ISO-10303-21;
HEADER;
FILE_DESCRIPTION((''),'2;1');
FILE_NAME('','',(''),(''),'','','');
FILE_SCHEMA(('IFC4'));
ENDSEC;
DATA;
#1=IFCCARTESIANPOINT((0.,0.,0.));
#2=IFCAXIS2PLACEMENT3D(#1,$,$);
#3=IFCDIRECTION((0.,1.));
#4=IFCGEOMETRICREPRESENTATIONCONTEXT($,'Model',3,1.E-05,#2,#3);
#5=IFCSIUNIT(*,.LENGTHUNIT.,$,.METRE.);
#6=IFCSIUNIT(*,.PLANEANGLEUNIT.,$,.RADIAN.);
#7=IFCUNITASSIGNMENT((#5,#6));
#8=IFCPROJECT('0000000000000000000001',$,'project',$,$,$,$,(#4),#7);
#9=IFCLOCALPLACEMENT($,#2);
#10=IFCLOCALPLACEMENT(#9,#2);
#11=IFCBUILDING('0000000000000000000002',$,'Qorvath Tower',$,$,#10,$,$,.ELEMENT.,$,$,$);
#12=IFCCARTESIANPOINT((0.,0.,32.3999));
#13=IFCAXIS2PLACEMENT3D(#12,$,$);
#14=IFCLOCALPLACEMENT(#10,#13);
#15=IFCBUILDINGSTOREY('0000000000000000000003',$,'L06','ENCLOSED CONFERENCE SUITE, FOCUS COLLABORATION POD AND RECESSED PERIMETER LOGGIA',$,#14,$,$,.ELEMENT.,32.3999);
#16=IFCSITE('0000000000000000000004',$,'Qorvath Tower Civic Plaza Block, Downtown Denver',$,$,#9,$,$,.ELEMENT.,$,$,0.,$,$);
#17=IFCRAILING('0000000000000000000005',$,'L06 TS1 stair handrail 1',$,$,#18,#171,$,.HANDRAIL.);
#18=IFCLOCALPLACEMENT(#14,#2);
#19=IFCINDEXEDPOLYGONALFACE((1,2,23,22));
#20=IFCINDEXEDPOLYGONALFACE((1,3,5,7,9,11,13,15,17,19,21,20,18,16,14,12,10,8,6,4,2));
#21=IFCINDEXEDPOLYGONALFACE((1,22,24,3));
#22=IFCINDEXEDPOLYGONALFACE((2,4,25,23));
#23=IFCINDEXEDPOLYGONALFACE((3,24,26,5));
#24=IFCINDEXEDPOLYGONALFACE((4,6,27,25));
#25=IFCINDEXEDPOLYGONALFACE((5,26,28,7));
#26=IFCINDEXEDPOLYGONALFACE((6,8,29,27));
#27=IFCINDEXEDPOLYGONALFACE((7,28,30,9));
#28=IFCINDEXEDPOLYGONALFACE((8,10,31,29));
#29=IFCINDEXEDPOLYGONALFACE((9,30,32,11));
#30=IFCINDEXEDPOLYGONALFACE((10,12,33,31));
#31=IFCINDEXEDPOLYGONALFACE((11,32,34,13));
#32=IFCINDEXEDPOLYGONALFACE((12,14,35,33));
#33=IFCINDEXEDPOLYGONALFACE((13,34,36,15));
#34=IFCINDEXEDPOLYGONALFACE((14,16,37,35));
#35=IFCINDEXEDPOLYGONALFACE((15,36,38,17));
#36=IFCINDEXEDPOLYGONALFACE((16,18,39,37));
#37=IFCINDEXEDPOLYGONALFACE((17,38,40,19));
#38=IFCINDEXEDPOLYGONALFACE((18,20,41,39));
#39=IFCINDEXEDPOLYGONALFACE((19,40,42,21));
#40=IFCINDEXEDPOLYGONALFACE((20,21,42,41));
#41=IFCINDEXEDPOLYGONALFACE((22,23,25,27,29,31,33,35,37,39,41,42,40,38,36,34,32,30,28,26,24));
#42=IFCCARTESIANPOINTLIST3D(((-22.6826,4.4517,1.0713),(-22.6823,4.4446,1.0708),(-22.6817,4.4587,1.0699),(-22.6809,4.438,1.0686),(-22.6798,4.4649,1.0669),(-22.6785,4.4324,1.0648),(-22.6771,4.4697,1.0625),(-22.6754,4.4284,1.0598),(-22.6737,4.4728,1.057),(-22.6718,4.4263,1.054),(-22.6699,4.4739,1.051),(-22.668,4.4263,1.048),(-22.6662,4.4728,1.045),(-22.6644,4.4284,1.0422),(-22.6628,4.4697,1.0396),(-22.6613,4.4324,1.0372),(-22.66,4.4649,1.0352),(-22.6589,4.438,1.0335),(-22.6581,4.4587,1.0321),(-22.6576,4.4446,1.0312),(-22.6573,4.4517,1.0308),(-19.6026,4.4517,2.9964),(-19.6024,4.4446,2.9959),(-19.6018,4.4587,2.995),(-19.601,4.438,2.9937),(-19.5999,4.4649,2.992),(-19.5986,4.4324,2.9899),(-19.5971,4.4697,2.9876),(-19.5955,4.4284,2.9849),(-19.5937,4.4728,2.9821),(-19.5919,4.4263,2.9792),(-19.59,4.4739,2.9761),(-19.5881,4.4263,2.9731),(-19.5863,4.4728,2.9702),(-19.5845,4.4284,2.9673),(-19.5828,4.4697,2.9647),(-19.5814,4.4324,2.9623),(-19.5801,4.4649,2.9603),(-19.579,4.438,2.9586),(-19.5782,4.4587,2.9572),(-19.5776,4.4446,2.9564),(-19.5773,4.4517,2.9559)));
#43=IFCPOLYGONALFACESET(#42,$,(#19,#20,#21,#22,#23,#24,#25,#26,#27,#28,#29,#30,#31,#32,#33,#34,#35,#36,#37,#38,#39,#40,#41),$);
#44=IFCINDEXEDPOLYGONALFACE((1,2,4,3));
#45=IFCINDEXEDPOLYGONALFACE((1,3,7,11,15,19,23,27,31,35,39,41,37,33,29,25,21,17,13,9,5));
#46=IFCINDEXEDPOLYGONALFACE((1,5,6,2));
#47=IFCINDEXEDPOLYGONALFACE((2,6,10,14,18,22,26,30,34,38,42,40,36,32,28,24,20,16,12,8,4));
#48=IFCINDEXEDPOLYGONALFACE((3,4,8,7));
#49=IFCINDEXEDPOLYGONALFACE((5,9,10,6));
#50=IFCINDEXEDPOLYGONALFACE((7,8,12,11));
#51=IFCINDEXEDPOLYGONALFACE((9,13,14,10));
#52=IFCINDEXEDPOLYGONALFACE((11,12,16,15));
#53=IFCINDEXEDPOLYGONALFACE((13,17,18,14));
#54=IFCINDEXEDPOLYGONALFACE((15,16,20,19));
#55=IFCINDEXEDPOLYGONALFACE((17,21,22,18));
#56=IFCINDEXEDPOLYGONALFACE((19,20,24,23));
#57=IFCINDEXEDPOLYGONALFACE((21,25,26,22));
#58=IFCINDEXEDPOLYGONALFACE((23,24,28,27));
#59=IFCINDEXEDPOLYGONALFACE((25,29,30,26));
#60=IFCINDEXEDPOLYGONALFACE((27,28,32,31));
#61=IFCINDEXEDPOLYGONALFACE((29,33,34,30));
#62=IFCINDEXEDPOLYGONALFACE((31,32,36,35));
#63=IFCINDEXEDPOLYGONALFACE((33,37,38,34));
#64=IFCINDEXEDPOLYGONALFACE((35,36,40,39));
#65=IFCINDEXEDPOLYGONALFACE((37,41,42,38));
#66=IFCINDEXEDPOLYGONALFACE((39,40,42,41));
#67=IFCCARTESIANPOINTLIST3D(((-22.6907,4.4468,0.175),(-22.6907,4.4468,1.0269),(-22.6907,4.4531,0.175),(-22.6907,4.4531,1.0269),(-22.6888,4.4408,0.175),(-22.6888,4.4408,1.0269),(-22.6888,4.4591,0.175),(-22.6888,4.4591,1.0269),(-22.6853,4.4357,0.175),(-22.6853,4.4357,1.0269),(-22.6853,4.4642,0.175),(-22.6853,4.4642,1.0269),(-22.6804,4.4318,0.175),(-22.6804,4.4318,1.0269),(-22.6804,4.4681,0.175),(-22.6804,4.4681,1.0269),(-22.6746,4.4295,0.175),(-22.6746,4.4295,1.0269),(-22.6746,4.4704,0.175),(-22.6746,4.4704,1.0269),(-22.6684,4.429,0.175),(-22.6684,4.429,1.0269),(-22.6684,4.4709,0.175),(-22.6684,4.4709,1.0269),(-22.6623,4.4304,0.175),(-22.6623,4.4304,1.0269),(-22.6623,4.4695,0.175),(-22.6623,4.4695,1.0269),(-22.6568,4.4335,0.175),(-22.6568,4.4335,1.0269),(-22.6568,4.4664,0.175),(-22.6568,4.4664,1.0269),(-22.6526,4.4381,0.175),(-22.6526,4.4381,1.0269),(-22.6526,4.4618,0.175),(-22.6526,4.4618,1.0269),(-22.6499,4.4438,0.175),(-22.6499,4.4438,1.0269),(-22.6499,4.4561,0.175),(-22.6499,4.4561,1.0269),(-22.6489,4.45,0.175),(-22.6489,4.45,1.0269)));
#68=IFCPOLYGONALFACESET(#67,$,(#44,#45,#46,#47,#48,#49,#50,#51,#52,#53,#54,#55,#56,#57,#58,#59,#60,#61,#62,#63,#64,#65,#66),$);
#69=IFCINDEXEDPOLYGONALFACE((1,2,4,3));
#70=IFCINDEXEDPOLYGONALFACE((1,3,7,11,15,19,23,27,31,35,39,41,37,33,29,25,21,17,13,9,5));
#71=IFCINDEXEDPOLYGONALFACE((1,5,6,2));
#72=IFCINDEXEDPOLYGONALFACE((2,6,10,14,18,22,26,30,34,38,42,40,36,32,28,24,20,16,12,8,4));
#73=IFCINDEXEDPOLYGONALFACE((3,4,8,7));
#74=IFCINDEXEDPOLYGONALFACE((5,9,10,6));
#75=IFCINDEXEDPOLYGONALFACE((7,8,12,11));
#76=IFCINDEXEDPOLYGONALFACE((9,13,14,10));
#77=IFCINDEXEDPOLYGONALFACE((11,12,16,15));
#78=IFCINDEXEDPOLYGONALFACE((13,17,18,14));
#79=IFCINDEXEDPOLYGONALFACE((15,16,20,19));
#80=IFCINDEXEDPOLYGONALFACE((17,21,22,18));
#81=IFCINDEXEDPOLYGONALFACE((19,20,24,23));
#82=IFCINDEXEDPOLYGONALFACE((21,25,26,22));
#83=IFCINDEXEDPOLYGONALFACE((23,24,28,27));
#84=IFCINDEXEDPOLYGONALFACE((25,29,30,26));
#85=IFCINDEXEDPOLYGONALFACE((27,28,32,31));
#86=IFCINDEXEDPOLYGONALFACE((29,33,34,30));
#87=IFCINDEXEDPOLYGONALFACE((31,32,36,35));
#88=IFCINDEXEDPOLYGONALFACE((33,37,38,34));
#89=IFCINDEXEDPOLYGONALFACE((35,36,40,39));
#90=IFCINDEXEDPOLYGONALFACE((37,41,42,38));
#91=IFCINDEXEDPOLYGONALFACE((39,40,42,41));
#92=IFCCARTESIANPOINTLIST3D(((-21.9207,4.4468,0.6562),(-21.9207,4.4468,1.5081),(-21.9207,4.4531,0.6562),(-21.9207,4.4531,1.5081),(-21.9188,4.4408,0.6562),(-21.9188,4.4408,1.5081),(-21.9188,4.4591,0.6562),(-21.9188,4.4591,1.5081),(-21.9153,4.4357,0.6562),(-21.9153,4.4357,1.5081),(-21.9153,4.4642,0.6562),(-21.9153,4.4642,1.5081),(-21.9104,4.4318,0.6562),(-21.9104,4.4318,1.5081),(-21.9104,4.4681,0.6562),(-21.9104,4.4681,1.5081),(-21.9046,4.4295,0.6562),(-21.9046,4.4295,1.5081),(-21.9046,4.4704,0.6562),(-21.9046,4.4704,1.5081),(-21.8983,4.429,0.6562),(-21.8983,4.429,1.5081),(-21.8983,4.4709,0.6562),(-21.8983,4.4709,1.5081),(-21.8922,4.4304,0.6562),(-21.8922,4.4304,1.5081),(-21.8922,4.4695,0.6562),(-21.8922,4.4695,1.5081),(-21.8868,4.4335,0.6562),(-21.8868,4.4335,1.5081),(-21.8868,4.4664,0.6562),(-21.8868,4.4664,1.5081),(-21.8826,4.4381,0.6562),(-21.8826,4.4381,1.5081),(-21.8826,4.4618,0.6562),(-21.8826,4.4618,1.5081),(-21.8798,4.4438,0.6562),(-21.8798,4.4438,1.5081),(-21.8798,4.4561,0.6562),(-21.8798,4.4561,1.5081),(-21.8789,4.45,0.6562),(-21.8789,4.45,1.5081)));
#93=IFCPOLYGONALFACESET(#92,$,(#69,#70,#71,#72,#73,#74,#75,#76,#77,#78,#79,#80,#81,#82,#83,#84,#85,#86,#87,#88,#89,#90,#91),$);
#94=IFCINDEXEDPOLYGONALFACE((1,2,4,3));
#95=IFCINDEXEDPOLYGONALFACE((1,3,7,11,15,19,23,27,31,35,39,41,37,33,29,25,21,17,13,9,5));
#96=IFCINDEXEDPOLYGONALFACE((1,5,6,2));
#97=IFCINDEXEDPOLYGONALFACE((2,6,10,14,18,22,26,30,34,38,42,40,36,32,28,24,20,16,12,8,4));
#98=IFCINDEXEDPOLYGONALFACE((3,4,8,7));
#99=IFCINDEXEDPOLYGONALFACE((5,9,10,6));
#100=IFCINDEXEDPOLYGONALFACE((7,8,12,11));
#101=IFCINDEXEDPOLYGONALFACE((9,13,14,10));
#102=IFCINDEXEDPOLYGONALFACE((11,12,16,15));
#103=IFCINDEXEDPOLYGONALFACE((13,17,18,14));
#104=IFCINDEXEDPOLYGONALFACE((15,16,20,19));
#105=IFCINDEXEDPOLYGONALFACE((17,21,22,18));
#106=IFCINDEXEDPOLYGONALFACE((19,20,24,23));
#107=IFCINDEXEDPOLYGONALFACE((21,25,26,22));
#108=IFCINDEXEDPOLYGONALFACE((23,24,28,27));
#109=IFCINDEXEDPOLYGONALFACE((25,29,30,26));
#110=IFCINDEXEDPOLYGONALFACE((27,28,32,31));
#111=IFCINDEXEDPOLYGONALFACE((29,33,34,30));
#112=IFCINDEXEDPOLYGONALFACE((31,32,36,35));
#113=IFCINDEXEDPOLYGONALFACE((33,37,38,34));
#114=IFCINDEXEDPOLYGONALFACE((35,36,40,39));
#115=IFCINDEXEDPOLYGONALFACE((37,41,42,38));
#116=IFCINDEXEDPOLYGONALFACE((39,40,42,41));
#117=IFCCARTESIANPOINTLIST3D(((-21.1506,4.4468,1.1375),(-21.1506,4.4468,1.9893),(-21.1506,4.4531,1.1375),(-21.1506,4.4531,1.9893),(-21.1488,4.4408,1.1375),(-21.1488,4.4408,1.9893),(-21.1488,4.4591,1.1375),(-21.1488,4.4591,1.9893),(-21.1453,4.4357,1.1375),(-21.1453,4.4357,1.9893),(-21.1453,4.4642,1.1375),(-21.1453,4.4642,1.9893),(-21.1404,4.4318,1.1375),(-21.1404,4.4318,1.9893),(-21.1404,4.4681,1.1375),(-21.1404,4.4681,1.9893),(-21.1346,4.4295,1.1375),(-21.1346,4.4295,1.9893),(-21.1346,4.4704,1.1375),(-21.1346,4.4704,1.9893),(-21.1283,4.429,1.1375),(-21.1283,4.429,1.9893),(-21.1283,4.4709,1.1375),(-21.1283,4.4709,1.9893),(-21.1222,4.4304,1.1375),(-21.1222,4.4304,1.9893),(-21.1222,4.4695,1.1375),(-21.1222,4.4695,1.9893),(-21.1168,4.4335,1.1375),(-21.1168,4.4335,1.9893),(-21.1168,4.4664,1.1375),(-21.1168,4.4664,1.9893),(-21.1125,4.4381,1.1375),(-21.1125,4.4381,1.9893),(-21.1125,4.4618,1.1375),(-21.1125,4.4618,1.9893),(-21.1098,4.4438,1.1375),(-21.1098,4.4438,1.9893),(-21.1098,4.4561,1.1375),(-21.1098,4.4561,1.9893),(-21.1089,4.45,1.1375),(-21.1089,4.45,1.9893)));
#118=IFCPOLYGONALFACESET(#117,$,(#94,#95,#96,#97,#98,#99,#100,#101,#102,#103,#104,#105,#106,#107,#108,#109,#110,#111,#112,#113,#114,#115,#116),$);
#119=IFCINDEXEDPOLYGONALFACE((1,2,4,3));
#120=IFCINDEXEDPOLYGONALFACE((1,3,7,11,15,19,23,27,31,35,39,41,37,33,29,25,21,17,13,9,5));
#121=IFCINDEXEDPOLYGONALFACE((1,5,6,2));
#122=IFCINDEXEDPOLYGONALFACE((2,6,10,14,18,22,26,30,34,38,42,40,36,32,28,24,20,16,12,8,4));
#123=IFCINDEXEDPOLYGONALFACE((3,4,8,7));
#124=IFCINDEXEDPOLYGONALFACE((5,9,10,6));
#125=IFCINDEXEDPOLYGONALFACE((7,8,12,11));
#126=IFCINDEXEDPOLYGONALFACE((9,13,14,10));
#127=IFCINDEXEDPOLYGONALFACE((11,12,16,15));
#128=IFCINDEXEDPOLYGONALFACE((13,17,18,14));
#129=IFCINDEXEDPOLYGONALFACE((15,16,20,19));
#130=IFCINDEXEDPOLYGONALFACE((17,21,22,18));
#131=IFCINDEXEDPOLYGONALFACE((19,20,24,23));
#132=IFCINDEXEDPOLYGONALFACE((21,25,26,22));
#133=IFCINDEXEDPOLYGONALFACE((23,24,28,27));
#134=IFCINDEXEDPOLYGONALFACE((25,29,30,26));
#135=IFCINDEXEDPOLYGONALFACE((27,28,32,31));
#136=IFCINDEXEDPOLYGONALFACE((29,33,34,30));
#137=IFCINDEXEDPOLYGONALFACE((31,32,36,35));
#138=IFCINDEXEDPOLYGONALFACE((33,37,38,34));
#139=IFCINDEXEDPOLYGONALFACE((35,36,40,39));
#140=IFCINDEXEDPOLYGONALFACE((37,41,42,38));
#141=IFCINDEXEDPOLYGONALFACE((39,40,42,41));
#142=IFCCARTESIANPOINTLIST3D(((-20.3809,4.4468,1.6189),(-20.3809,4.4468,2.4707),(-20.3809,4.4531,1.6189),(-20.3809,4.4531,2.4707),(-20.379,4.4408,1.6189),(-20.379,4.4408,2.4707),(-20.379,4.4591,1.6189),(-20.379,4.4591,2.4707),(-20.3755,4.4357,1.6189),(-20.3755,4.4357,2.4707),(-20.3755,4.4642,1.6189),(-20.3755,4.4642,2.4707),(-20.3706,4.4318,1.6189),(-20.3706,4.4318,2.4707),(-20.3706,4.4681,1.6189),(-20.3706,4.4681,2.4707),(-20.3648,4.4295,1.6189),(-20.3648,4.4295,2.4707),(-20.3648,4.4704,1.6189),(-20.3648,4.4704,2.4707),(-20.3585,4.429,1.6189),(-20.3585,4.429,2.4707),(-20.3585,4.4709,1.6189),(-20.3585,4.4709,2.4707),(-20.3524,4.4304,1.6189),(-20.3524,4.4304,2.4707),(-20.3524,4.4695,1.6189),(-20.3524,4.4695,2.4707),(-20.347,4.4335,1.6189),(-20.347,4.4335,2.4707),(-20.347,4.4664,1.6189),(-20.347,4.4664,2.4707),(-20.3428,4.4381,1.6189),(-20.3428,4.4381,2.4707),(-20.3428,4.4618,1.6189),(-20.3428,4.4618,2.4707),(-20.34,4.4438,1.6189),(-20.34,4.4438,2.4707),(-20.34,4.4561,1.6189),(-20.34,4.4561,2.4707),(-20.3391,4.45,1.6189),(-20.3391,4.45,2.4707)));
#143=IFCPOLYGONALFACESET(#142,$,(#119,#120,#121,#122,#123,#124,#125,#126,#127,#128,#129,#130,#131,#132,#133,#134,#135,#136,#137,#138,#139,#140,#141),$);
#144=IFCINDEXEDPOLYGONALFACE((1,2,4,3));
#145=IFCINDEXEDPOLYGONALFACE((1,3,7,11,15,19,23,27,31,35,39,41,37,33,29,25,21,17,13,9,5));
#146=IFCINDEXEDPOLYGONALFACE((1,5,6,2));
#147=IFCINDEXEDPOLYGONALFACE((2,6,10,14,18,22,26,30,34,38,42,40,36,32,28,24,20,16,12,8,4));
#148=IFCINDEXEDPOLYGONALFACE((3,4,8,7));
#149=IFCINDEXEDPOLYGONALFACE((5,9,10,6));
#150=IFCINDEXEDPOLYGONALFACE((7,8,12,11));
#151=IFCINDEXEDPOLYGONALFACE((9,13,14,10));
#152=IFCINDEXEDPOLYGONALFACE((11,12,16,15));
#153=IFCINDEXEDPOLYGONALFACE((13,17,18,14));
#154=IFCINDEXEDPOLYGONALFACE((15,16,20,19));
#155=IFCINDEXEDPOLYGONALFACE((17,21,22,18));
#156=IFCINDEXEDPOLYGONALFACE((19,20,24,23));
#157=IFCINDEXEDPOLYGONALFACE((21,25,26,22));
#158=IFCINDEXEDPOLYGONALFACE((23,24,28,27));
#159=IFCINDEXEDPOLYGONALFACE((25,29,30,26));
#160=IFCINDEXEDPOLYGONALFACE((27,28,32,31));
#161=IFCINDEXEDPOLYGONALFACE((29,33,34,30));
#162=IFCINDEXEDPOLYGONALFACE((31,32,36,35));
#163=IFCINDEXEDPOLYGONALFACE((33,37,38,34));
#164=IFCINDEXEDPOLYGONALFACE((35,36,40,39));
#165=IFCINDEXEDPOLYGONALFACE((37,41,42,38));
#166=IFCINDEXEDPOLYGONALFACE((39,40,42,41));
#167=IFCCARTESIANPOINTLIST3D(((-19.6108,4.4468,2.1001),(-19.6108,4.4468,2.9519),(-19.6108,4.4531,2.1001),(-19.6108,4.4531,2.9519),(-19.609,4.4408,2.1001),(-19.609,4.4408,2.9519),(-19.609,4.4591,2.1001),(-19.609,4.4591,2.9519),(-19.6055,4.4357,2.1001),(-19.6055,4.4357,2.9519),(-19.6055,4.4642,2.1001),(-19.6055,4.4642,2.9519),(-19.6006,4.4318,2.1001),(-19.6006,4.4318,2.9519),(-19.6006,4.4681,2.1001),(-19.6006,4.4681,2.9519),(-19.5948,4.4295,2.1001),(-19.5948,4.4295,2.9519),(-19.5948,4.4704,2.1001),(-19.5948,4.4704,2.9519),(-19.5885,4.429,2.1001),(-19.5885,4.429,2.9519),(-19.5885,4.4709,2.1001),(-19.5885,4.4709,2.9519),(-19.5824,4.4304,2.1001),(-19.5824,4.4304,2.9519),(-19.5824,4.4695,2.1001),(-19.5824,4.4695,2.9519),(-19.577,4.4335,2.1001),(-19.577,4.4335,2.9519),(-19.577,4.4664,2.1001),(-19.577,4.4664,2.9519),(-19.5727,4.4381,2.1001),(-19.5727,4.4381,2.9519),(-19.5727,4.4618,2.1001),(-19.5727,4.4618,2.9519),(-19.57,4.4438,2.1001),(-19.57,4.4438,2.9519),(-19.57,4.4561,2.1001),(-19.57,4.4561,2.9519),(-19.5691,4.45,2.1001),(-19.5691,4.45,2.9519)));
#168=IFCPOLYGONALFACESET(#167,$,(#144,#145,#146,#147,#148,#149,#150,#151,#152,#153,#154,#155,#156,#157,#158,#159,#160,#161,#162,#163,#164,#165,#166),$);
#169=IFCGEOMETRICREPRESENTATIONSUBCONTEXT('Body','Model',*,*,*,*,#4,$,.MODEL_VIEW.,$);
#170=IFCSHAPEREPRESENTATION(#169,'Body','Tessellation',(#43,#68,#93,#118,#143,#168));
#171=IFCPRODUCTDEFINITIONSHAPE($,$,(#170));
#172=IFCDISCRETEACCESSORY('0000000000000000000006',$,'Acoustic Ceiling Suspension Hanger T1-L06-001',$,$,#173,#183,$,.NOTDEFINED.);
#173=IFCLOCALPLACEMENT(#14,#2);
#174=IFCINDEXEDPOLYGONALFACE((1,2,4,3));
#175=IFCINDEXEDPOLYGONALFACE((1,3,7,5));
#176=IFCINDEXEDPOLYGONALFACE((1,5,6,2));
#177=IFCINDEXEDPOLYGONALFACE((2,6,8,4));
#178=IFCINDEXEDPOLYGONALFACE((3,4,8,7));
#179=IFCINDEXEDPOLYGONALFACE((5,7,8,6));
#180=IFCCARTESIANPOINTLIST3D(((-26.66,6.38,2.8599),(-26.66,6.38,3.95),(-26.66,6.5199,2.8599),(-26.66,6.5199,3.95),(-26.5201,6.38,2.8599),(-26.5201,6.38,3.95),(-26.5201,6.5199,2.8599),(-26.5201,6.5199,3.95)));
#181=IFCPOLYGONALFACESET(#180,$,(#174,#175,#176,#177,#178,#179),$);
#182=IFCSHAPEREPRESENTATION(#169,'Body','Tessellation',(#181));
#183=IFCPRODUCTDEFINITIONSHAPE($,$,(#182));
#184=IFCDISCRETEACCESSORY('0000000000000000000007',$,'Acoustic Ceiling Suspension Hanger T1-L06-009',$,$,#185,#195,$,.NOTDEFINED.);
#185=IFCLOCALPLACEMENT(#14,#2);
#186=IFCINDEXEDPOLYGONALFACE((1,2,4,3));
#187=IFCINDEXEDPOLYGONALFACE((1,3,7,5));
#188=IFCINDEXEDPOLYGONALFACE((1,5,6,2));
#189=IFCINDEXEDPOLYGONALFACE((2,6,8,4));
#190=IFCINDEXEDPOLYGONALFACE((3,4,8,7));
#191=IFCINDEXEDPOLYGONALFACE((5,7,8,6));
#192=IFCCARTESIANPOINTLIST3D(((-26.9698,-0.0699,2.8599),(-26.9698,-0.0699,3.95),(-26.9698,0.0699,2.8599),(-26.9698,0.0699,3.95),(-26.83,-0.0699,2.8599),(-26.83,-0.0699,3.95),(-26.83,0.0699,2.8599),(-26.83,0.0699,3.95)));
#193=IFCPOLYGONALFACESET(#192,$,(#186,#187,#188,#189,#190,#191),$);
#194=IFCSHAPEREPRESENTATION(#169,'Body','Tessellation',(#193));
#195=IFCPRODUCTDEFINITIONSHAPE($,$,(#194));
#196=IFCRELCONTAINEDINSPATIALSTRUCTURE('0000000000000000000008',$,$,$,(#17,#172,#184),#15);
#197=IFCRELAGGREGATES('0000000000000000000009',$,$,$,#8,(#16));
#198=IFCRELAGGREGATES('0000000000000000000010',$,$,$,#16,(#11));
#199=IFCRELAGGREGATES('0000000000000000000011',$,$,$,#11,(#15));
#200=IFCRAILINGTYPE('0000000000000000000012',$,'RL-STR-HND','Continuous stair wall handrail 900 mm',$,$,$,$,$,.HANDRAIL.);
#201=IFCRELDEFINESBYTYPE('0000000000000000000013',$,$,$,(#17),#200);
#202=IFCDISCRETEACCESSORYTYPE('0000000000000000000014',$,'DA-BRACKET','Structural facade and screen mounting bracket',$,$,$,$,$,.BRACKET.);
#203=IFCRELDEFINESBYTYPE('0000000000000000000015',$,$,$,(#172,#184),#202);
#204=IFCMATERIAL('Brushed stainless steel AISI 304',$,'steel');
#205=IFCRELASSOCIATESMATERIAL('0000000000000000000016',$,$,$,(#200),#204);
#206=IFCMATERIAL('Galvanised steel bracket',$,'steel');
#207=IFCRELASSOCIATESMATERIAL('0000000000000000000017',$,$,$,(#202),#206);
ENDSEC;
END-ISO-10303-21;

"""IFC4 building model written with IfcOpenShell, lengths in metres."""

from ifc_helpers import new_model, si_unit, direction, frame, origin, origin_2d, place, context, subcontext, project, spatial, rectangle, circle, extrude, material, type_object, element, save


model = new_model("IFC4")

# Units and contexts
model_context = context("Model", 3, precision=1e-05, world=origin(), true_north=direction((0.0, 1.0)))
body_context = subcontext(model_context, "Body", "Model", "MODEL_VIEW")
ifc_project = project(units=[si_unit("LENGTHUNIT", "METRE"), si_unit("PLANEANGLEUNIT", "RADIAN")], contexts=[model_context])

# Site, building, storey
site_placement = place(None, origin())
site = spatial("IfcSite", under=ifc_project, at=site_placement, Name="Qorvath Tower Civic Plaza Block, Downtown Denver", CompositionType="ELEMENT", RefElevation=0.0)
building_placement = place(site_placement, origin())
building = spatial("IfcBuilding", under=site, at=building_placement, Name="Qorvath Tower", CompositionType="ELEMENT")
storey_placement = place(building_placement, frame((0.0, 0.0, 32.3999)))
storey = spatial("IfcBuildingStorey", under=building, at=storey_placement, Name="L06", Description="ENCLOSED CONFERENCE SUITE, FOCUS COLLABORATION POD AND RECESSED PERIMETER LOGGIA", CompositionType="ELEMENT", Elevation=32.3999)

# Railing
ifc_material_1 = material(Name="Brushed stainless steel AISI 304", Category="steel")
railing_type_1 = type_object("IfcRailingType", Name="RL-STR-HND", Description="Continuous stair wall handrail 900 mm", PredefinedType="HANDRAIL", material=ifc_material_1)
railing_1_placement = place(storey_placement, frame((-22.6699, 4.45, 0.175)))
element("IfcRailing", 1, at=railing_1_placement, inside=storey, type_object=railing_type_1, Name="L06 TS1 stair handrail 1", PredefinedType="HANDRAIL", context=body_context, shape_type="SweptSolid", body=[
    extrude(circle(Radius=0.0239, at=origin_2d()), frame((0.0, 0.0, 0.876), z_axis=(0.847979, 0.0, 0.530029), x_axis=(0.0, 1.0, 0.0)), (0.0, 0.0, 1.0), 3.6321),
    extrude(circle(Radius=0.021, at=origin_2d()), origin(), (0.0, 0.0, 1.0), 0.8518),
    extrude(circle(Radius=0.021, at=origin_2d()), frame((0.77, 0.0, 0.4812)), (0.0, 0.0, 1.0), 0.8518),
    extrude(circle(Radius=0.021, at=origin_2d()), frame((1.54, 0.0, 0.9624)), (0.0, 0.0, 1.0), 0.8518),
    extrude(circle(Radius=0.021, at=origin_2d()), frame((2.3098, 0.0, 1.4438)), (0.0, 0.0, 1.0), 0.8518),
    extrude(circle(Radius=0.021, at=origin_2d()), frame((3.0798, 0.0, 1.925)), (0.0, 0.0, 1.0), 0.8518),
])

# Discrete accessories
ifc_material_2 = material(Name="Galvanised steel bracket", Category="steel")
discrete_accessory_type = type_object("IfcDiscreteAccessoryType", Name="DA-BRACKET", Description="Structural facade and screen mounting bracket", PredefinedType="BRACKET", material=ifc_material_2)
for number, where, z_axis, x_axis, name in (
    (2, (-26.5901, 6.45, 2.8599), (0.0, 0.0, 1.0), (1.0, 0.0, 0.0), "Acoustic Ceiling Suspension Hanger T1-L06-001"),
    (3, (-26.8999, 0.0, 2.8599), (0.0, 0.0, 1.0), (1.0, 0.0, 0.0), "Acoustic Ceiling Suspension Hanger T1-L06-009"),
):
    element("IfcDiscreteAccessory", number, at=place(storey_placement, frame(where, z_axis=z_axis, x_axis=x_axis)), inside=storey, type_object=discrete_accessory_type, Name=name, PredefinedType="NOTDEFINED", context=body_context, shape_type="SweptSolid", body=[
        extrude(rectangle(XDim=0.1399, YDim=0.1399, at=origin_2d()), origin(), (0.0, 0.0, 1.0), 1.0901),
    ])

save(model, "model.ifc")
